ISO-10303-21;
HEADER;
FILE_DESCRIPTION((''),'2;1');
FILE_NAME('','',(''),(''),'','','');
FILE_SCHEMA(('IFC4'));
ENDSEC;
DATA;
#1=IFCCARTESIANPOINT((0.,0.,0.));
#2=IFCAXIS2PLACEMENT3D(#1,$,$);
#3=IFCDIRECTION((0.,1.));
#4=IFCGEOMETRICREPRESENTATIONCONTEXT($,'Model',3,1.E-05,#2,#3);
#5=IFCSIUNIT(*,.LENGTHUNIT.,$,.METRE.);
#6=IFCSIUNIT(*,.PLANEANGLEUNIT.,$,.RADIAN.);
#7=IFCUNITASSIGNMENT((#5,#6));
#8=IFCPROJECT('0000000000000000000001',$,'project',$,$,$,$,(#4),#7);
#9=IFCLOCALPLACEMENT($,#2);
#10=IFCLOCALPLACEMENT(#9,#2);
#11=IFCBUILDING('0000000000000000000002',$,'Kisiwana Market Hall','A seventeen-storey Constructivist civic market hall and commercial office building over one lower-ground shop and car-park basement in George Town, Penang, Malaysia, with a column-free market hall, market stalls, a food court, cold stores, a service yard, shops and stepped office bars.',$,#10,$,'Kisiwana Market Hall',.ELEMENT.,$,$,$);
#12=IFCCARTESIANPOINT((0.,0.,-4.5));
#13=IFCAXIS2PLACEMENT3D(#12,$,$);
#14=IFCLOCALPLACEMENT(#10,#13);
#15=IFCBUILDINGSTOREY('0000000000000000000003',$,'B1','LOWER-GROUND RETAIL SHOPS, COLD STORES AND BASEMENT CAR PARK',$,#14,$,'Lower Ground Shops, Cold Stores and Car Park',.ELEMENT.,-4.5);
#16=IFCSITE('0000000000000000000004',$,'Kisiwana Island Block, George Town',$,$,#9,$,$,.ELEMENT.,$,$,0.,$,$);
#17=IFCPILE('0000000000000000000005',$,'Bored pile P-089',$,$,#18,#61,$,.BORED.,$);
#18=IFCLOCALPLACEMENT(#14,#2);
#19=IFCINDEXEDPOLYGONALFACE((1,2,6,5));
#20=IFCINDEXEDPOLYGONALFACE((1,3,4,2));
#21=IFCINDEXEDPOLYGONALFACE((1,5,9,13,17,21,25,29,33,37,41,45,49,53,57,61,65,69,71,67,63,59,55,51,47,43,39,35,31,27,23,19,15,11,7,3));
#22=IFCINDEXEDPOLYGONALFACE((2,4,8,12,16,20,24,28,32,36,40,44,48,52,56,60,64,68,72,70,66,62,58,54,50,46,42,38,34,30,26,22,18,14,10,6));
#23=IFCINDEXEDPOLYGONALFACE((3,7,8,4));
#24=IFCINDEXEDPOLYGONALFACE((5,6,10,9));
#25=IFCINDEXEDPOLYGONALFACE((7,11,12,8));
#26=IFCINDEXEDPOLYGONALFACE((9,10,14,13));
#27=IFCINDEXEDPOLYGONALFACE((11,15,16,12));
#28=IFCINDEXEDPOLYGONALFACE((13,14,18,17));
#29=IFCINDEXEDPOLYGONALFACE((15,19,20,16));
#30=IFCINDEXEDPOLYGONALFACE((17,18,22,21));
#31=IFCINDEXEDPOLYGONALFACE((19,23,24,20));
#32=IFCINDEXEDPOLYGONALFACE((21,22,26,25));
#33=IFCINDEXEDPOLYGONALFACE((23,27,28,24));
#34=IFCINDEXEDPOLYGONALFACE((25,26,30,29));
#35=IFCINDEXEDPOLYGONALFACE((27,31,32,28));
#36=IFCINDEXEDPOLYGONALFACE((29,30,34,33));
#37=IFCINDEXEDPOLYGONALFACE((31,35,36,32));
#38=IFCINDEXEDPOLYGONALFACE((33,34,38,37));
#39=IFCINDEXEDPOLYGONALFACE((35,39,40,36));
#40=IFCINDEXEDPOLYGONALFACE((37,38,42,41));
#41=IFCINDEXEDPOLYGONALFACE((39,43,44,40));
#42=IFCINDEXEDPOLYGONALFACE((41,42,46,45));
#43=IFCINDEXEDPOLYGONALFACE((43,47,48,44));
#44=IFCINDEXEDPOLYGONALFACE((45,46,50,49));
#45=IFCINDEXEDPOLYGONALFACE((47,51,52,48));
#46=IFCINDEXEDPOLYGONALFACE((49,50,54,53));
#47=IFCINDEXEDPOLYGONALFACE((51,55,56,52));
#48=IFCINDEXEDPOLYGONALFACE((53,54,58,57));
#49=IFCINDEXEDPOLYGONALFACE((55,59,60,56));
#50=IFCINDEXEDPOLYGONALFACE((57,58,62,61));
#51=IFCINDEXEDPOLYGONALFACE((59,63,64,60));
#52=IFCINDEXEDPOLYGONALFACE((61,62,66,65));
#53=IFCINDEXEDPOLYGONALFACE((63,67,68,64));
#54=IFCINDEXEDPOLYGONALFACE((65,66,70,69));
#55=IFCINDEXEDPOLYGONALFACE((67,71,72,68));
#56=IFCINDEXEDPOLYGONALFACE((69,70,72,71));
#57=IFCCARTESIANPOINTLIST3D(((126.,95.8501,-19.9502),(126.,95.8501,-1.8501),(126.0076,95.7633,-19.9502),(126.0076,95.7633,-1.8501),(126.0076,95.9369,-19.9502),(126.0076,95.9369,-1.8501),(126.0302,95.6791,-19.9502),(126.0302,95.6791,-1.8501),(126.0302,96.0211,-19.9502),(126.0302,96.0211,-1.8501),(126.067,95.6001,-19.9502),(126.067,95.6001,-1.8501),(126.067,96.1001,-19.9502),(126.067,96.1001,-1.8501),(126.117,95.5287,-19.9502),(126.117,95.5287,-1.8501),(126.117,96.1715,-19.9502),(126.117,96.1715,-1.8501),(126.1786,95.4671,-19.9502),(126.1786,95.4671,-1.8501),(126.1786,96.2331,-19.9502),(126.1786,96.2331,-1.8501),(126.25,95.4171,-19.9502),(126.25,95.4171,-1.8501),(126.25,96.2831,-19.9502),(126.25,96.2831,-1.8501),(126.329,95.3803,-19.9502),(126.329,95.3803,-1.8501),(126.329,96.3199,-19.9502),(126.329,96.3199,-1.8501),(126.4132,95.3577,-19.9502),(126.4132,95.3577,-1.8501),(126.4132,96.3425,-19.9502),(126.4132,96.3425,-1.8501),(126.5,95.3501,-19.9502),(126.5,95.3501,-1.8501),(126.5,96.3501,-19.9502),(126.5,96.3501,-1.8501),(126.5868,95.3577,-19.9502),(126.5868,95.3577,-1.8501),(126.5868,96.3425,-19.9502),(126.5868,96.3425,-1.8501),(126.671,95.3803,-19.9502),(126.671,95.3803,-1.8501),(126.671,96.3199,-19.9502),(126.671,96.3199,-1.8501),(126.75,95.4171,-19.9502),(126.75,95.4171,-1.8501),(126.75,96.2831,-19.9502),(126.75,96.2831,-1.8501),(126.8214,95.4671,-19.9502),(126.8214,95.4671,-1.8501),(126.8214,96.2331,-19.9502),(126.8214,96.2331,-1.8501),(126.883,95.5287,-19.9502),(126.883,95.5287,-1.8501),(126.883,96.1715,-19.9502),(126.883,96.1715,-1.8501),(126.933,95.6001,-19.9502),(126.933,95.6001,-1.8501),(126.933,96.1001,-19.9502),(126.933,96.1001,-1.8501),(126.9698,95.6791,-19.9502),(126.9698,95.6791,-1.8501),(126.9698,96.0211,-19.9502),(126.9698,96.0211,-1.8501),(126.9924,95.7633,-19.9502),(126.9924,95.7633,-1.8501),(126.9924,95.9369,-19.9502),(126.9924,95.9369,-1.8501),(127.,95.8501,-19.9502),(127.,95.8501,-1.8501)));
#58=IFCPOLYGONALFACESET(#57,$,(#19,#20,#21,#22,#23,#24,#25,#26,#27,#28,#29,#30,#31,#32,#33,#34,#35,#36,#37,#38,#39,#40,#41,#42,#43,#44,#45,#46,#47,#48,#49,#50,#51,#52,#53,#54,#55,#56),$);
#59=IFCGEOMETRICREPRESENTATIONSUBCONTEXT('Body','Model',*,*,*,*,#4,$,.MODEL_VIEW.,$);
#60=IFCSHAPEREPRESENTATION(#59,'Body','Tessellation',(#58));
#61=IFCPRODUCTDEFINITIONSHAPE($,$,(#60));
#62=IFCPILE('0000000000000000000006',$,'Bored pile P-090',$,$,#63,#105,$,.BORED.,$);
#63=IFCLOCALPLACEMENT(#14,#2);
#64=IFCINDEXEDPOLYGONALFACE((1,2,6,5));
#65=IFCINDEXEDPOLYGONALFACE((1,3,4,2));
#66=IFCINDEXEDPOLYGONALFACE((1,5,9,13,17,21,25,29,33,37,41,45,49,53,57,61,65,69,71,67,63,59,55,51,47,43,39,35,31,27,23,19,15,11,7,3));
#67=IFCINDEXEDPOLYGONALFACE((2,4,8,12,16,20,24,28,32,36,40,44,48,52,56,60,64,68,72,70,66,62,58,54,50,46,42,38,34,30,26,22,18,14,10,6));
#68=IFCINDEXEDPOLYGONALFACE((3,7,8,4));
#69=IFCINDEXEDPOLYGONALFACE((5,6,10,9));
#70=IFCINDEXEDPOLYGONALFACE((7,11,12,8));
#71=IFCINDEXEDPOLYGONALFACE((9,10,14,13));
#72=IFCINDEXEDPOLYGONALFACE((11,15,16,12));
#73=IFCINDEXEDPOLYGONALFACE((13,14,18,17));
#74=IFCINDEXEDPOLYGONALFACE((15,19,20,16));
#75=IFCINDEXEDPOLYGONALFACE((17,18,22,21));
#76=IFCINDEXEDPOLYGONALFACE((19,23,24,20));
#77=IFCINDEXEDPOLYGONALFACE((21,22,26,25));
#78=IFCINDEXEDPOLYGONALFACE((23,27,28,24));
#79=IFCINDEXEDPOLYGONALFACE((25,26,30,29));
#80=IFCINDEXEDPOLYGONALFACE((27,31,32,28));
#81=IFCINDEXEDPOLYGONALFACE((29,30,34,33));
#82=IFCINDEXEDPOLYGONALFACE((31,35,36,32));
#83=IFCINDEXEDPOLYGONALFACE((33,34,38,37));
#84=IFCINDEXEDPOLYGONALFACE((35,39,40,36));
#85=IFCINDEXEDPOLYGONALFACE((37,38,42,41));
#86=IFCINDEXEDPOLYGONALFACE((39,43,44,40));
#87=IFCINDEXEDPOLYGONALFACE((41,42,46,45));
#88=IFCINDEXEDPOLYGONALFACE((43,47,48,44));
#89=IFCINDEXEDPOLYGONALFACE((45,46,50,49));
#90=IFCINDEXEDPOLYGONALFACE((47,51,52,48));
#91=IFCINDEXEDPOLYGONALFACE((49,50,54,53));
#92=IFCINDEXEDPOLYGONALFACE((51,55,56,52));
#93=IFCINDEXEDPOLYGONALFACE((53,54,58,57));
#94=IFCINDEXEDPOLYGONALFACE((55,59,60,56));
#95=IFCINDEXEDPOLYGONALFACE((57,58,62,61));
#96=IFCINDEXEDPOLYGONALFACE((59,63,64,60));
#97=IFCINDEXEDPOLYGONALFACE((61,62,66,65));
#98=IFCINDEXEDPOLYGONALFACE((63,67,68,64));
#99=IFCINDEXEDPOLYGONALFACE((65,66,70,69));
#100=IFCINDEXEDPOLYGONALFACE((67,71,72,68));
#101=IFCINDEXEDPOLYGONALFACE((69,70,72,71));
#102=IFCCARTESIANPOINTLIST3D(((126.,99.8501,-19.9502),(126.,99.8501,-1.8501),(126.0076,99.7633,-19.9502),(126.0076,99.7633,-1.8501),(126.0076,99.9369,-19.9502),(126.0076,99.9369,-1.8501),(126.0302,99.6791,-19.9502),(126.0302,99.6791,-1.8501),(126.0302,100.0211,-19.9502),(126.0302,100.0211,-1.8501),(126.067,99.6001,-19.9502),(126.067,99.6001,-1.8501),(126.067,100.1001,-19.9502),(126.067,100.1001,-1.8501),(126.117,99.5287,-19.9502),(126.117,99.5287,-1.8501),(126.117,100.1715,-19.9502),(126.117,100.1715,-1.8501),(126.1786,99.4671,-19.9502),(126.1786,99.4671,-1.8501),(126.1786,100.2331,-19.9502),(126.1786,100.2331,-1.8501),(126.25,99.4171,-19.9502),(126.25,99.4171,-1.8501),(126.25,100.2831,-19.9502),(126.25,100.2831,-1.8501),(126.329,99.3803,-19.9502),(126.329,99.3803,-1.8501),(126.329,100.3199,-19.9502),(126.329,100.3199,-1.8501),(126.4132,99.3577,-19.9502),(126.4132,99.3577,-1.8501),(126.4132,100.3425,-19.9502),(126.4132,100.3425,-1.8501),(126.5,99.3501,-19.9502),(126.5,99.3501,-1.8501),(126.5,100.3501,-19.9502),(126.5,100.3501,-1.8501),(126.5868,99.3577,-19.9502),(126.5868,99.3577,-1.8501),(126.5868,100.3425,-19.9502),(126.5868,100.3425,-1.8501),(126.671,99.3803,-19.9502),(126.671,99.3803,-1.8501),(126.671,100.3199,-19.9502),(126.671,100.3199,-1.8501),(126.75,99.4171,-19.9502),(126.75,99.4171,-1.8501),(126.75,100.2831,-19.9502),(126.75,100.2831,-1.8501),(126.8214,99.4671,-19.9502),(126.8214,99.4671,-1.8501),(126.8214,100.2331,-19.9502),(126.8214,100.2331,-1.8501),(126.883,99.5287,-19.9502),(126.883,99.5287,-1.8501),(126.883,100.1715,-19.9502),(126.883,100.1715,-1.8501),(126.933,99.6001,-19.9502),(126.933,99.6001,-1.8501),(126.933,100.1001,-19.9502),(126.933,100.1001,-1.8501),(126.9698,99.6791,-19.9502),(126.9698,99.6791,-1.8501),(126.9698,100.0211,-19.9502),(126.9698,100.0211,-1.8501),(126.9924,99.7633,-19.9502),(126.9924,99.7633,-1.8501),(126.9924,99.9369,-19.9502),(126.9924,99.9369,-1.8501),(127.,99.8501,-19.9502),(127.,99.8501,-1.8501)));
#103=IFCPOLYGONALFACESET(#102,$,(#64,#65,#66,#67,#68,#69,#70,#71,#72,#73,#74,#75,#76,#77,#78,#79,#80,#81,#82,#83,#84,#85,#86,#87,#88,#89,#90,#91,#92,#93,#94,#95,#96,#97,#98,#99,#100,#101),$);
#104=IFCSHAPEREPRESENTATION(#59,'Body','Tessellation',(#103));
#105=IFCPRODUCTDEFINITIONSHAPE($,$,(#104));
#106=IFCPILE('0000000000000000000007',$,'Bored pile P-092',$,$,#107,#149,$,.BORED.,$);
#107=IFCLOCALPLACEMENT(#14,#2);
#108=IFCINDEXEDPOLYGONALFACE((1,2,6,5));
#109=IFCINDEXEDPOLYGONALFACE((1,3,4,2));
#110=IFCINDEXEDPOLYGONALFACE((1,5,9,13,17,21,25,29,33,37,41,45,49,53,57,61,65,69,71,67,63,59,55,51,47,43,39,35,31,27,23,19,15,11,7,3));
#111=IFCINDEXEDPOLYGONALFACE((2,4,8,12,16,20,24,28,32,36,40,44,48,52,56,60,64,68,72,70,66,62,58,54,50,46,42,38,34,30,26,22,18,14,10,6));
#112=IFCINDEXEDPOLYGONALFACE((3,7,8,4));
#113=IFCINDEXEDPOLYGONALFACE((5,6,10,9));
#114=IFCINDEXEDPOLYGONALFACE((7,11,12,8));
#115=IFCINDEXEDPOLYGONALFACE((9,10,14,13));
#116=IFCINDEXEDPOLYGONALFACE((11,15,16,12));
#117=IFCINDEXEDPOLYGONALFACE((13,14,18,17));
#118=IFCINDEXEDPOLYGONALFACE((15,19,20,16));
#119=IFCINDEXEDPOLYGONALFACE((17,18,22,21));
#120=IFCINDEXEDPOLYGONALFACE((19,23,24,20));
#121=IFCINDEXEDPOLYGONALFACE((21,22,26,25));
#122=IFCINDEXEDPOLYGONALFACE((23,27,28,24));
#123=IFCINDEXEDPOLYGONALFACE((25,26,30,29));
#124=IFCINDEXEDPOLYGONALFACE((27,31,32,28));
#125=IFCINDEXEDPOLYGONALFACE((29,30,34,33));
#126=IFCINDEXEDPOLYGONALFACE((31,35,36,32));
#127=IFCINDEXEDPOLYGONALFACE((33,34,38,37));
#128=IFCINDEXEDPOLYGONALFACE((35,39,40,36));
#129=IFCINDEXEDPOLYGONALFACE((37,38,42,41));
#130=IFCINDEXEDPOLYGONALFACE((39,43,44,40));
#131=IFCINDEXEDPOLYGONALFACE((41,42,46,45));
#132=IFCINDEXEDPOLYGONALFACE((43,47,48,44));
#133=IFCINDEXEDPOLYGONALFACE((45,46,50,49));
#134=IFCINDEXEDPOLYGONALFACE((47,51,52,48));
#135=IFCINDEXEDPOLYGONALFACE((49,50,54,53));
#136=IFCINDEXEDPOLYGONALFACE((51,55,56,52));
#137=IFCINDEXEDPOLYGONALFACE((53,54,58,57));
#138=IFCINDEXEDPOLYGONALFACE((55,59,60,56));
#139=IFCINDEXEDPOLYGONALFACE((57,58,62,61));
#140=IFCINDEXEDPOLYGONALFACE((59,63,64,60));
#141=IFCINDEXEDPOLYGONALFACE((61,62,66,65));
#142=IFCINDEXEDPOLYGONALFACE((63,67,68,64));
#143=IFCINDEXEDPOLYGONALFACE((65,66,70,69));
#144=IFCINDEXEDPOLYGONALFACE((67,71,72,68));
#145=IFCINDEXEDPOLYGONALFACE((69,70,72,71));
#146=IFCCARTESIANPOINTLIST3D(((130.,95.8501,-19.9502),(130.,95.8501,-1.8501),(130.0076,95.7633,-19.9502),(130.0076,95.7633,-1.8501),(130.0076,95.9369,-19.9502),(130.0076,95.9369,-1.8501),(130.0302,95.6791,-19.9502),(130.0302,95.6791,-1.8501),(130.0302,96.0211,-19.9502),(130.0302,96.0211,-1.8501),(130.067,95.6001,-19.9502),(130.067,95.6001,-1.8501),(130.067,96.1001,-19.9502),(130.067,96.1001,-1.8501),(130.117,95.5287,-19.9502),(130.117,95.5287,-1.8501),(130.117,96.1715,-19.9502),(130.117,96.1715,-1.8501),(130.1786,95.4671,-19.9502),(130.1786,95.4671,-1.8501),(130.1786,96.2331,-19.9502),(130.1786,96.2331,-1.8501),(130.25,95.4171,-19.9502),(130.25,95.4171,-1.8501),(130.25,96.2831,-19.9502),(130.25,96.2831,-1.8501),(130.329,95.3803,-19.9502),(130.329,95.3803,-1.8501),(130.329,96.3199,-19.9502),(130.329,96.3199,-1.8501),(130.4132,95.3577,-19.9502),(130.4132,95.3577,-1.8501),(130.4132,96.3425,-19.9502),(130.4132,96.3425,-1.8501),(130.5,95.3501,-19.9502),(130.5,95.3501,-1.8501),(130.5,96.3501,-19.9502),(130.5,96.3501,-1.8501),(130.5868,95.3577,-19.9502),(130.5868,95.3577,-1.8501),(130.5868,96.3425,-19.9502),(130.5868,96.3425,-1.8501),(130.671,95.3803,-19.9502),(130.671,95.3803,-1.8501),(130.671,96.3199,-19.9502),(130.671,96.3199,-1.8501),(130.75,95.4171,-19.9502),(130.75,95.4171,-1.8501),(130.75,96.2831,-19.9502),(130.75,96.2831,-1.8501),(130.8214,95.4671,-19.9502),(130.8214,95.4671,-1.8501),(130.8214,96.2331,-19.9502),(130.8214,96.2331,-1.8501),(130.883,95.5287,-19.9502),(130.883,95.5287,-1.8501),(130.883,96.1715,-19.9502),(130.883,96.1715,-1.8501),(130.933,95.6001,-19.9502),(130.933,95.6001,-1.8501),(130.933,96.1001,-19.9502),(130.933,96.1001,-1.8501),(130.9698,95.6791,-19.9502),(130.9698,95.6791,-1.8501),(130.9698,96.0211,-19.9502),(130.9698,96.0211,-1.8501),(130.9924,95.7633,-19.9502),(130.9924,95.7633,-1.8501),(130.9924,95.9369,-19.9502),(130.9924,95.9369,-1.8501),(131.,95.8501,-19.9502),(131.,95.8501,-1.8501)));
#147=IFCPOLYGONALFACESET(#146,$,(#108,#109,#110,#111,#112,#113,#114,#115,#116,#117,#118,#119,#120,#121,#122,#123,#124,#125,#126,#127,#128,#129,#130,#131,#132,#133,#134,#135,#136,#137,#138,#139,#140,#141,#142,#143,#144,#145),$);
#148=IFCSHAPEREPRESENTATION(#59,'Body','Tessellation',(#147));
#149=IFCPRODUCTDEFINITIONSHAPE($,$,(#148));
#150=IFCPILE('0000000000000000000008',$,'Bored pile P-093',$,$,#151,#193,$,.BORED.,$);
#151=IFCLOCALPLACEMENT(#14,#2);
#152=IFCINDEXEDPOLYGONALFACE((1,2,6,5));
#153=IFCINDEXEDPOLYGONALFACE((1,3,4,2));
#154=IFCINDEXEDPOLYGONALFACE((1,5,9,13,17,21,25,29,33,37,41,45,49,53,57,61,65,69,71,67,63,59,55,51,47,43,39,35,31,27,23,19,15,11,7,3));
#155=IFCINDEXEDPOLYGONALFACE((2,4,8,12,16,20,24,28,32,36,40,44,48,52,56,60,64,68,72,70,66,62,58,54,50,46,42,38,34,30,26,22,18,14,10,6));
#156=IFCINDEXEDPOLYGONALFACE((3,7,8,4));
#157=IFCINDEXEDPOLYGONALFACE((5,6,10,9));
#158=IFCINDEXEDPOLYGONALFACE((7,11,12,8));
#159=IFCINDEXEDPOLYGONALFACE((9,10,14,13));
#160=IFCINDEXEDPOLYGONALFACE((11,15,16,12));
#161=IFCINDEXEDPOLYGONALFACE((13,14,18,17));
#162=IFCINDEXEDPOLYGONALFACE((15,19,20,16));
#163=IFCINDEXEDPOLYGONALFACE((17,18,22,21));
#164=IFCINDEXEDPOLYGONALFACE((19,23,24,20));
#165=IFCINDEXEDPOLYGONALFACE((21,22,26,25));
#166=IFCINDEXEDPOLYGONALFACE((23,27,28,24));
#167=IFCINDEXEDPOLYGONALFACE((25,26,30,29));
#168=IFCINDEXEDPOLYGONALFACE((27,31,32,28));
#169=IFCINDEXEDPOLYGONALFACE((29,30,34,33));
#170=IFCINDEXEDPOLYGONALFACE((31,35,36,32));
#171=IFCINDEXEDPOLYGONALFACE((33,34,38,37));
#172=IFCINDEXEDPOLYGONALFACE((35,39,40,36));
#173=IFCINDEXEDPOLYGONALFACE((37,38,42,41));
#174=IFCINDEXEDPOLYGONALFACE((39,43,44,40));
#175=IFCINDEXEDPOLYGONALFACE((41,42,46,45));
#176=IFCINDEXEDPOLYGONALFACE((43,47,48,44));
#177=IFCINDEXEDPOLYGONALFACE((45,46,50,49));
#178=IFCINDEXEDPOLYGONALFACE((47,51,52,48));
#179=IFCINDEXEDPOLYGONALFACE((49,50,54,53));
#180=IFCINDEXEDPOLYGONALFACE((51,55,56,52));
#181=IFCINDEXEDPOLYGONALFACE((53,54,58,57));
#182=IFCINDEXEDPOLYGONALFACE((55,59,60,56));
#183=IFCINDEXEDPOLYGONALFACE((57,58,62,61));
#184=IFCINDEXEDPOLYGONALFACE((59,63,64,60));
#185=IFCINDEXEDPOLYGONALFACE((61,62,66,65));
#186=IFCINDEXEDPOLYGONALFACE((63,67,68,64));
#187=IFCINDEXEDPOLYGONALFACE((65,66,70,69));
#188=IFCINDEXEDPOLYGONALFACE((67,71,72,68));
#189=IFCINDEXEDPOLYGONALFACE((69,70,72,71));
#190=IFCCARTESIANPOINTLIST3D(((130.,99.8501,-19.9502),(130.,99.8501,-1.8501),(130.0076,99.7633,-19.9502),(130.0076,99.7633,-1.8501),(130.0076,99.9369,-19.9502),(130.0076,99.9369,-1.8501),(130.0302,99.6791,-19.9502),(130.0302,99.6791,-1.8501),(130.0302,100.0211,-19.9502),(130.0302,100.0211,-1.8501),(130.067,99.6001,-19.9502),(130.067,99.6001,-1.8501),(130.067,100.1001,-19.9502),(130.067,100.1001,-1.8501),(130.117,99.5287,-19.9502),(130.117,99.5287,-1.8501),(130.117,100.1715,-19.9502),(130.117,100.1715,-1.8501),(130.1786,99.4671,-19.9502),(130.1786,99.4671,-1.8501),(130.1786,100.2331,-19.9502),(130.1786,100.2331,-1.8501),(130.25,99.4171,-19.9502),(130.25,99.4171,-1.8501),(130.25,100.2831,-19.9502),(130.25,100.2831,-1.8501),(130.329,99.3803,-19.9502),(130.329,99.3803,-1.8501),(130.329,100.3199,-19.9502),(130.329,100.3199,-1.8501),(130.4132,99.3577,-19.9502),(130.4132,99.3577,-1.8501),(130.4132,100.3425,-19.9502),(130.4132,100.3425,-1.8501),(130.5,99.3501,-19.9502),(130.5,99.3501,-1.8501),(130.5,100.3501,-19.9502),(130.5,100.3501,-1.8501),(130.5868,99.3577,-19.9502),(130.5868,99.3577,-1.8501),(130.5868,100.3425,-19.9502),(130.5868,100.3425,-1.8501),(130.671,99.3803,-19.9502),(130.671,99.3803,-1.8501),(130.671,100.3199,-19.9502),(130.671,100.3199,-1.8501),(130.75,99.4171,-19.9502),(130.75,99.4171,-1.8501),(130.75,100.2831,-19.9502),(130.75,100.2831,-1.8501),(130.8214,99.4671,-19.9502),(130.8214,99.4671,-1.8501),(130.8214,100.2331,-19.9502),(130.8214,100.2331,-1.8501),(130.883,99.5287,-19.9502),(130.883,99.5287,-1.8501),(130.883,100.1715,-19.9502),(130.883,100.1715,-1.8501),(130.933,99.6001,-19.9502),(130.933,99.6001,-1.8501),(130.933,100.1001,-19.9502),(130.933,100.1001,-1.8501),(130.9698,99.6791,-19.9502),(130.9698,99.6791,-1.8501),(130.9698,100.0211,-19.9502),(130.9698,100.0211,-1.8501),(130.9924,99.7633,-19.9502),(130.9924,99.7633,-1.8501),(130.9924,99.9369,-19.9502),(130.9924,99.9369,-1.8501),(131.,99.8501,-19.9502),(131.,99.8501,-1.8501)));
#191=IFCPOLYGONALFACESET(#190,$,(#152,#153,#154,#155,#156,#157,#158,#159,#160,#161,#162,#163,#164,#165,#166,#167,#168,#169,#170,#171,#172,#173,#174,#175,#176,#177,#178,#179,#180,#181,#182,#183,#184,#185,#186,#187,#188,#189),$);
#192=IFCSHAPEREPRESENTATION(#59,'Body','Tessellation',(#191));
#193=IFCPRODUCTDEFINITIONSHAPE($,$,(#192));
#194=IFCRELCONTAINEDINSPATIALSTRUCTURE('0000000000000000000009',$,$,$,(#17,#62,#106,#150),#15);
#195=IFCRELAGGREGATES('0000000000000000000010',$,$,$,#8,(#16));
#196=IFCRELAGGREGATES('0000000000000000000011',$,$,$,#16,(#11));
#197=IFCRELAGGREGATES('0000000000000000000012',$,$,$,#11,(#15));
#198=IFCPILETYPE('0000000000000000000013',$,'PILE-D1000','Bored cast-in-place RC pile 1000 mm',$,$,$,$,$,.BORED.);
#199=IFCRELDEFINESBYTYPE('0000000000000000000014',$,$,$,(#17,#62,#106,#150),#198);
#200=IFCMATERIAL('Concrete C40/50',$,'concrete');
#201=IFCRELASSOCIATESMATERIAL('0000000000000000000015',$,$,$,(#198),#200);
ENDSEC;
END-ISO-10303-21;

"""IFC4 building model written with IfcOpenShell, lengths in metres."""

from ifc_helpers import new_model, si_unit, direction, frame, origin, origin_2d, place, context, subcontext, project, spatial, circle, extrude, material, material_profile, profile_set, type_object, element, save


model = new_model("IFC4")

# Units and contexts
model_context = context("Model", 3, precision=1e-05, world=origin(), true_north=direction((0.0, 1.0)))
body_context = subcontext(model_context, "Body", "Model", "MODEL_VIEW")
ifc_project = project(units=[si_unit("LENGTHUNIT", "METRE"), si_unit("PLANEANGLEUNIT", "RADIAN")], contexts=[model_context])

# Site, building, storey
site_placement = place(None, origin())
site = spatial("IfcSite", under=ifc_project, at=site_placement, Name="Kisiwana Island Block, George Town", CompositionType="ELEMENT", RefElevation=0.0)
building_placement = place(site_placement, origin())
building = spatial("IfcBuilding", under=site, at=building_placement, Name="Kisiwana Market Hall", Description="A seventeen-storey Constructivist civic market hall and commercial office building over one lower-ground shop and car-park basement in George Town, Penang, Malaysia, with a column-free market hall, market stalls, a food court, cold stores, a service yard, shops and stepped office bars.", LongName="Kisiwana Market Hall", CompositionType="ELEMENT")
storey_placement = place(building_placement, frame((0.0, 0.0, -4.5)))
storey = spatial("IfcBuildingStorey", under=building, at=storey_placement, Name="B1", Description="LOWER-GROUND RETAIL SHOPS, COLD STORES AND BASEMENT CAR PARK", LongName="Lower Ground Shops, Cold Stores and Car Park", CompositionType="ELEMENT", Elevation=-4.5)

# Piles
ifc_material_1 = material(Name="Concrete C40/50", Category="concrete")
ifc_material_profile_1 = material_profile(ifc_material_1, circle(Radius=0.5, at=origin_2d()), Name="BP D1000")
ifc_profile_set_1 = profile_set([ifc_material_profile_1], Name="Concrete C40/50")
pile_type_1 = type_object("IfcPileType", Name="PILE-D1000", Description="Bored cast-in-place RC pile 1000 mm", PredefinedType="BORED", material=ifc_profile_set_1)
for number, where, z_axis, x_axis, name in (
    (1, (126.5, 95.8501, -1.8501), (0.0, 0.0, -1.0), (1.0, 0.0, 0.0), "Bored pile P-089"),
    (2, (126.5, 99.8501, -1.8501), (0.0, 0.0, -1.0), (1.0, 0.0, 0.0), "Bored pile P-090"),
    (3, (130.5, 95.8501, -1.8501), (0.0, 0.0, -1.0), (1.0, 0.0, 0.0), "Bored pile P-092"),
    (4, (130.5, 99.8501, -1.8501), (0.0, 0.0, -1.0), (1.0, 0.0, 0.0), "Bored pile P-093"),
):
    element("IfcPile", number, at=place(storey_placement, frame(where, z_axis=z_axis, x_axis=x_axis)), inside=storey, type_object=pile_type_1, Name=name, PredefinedType="BORED", context=body_context, shape_type="SweptSolid", body=[
        extrude(circle(Radius=0.5, at=origin_2d()), origin(), (0.0, 0.0, 1.0), 18.1001),
    ])

save(model, "model.ifc")
